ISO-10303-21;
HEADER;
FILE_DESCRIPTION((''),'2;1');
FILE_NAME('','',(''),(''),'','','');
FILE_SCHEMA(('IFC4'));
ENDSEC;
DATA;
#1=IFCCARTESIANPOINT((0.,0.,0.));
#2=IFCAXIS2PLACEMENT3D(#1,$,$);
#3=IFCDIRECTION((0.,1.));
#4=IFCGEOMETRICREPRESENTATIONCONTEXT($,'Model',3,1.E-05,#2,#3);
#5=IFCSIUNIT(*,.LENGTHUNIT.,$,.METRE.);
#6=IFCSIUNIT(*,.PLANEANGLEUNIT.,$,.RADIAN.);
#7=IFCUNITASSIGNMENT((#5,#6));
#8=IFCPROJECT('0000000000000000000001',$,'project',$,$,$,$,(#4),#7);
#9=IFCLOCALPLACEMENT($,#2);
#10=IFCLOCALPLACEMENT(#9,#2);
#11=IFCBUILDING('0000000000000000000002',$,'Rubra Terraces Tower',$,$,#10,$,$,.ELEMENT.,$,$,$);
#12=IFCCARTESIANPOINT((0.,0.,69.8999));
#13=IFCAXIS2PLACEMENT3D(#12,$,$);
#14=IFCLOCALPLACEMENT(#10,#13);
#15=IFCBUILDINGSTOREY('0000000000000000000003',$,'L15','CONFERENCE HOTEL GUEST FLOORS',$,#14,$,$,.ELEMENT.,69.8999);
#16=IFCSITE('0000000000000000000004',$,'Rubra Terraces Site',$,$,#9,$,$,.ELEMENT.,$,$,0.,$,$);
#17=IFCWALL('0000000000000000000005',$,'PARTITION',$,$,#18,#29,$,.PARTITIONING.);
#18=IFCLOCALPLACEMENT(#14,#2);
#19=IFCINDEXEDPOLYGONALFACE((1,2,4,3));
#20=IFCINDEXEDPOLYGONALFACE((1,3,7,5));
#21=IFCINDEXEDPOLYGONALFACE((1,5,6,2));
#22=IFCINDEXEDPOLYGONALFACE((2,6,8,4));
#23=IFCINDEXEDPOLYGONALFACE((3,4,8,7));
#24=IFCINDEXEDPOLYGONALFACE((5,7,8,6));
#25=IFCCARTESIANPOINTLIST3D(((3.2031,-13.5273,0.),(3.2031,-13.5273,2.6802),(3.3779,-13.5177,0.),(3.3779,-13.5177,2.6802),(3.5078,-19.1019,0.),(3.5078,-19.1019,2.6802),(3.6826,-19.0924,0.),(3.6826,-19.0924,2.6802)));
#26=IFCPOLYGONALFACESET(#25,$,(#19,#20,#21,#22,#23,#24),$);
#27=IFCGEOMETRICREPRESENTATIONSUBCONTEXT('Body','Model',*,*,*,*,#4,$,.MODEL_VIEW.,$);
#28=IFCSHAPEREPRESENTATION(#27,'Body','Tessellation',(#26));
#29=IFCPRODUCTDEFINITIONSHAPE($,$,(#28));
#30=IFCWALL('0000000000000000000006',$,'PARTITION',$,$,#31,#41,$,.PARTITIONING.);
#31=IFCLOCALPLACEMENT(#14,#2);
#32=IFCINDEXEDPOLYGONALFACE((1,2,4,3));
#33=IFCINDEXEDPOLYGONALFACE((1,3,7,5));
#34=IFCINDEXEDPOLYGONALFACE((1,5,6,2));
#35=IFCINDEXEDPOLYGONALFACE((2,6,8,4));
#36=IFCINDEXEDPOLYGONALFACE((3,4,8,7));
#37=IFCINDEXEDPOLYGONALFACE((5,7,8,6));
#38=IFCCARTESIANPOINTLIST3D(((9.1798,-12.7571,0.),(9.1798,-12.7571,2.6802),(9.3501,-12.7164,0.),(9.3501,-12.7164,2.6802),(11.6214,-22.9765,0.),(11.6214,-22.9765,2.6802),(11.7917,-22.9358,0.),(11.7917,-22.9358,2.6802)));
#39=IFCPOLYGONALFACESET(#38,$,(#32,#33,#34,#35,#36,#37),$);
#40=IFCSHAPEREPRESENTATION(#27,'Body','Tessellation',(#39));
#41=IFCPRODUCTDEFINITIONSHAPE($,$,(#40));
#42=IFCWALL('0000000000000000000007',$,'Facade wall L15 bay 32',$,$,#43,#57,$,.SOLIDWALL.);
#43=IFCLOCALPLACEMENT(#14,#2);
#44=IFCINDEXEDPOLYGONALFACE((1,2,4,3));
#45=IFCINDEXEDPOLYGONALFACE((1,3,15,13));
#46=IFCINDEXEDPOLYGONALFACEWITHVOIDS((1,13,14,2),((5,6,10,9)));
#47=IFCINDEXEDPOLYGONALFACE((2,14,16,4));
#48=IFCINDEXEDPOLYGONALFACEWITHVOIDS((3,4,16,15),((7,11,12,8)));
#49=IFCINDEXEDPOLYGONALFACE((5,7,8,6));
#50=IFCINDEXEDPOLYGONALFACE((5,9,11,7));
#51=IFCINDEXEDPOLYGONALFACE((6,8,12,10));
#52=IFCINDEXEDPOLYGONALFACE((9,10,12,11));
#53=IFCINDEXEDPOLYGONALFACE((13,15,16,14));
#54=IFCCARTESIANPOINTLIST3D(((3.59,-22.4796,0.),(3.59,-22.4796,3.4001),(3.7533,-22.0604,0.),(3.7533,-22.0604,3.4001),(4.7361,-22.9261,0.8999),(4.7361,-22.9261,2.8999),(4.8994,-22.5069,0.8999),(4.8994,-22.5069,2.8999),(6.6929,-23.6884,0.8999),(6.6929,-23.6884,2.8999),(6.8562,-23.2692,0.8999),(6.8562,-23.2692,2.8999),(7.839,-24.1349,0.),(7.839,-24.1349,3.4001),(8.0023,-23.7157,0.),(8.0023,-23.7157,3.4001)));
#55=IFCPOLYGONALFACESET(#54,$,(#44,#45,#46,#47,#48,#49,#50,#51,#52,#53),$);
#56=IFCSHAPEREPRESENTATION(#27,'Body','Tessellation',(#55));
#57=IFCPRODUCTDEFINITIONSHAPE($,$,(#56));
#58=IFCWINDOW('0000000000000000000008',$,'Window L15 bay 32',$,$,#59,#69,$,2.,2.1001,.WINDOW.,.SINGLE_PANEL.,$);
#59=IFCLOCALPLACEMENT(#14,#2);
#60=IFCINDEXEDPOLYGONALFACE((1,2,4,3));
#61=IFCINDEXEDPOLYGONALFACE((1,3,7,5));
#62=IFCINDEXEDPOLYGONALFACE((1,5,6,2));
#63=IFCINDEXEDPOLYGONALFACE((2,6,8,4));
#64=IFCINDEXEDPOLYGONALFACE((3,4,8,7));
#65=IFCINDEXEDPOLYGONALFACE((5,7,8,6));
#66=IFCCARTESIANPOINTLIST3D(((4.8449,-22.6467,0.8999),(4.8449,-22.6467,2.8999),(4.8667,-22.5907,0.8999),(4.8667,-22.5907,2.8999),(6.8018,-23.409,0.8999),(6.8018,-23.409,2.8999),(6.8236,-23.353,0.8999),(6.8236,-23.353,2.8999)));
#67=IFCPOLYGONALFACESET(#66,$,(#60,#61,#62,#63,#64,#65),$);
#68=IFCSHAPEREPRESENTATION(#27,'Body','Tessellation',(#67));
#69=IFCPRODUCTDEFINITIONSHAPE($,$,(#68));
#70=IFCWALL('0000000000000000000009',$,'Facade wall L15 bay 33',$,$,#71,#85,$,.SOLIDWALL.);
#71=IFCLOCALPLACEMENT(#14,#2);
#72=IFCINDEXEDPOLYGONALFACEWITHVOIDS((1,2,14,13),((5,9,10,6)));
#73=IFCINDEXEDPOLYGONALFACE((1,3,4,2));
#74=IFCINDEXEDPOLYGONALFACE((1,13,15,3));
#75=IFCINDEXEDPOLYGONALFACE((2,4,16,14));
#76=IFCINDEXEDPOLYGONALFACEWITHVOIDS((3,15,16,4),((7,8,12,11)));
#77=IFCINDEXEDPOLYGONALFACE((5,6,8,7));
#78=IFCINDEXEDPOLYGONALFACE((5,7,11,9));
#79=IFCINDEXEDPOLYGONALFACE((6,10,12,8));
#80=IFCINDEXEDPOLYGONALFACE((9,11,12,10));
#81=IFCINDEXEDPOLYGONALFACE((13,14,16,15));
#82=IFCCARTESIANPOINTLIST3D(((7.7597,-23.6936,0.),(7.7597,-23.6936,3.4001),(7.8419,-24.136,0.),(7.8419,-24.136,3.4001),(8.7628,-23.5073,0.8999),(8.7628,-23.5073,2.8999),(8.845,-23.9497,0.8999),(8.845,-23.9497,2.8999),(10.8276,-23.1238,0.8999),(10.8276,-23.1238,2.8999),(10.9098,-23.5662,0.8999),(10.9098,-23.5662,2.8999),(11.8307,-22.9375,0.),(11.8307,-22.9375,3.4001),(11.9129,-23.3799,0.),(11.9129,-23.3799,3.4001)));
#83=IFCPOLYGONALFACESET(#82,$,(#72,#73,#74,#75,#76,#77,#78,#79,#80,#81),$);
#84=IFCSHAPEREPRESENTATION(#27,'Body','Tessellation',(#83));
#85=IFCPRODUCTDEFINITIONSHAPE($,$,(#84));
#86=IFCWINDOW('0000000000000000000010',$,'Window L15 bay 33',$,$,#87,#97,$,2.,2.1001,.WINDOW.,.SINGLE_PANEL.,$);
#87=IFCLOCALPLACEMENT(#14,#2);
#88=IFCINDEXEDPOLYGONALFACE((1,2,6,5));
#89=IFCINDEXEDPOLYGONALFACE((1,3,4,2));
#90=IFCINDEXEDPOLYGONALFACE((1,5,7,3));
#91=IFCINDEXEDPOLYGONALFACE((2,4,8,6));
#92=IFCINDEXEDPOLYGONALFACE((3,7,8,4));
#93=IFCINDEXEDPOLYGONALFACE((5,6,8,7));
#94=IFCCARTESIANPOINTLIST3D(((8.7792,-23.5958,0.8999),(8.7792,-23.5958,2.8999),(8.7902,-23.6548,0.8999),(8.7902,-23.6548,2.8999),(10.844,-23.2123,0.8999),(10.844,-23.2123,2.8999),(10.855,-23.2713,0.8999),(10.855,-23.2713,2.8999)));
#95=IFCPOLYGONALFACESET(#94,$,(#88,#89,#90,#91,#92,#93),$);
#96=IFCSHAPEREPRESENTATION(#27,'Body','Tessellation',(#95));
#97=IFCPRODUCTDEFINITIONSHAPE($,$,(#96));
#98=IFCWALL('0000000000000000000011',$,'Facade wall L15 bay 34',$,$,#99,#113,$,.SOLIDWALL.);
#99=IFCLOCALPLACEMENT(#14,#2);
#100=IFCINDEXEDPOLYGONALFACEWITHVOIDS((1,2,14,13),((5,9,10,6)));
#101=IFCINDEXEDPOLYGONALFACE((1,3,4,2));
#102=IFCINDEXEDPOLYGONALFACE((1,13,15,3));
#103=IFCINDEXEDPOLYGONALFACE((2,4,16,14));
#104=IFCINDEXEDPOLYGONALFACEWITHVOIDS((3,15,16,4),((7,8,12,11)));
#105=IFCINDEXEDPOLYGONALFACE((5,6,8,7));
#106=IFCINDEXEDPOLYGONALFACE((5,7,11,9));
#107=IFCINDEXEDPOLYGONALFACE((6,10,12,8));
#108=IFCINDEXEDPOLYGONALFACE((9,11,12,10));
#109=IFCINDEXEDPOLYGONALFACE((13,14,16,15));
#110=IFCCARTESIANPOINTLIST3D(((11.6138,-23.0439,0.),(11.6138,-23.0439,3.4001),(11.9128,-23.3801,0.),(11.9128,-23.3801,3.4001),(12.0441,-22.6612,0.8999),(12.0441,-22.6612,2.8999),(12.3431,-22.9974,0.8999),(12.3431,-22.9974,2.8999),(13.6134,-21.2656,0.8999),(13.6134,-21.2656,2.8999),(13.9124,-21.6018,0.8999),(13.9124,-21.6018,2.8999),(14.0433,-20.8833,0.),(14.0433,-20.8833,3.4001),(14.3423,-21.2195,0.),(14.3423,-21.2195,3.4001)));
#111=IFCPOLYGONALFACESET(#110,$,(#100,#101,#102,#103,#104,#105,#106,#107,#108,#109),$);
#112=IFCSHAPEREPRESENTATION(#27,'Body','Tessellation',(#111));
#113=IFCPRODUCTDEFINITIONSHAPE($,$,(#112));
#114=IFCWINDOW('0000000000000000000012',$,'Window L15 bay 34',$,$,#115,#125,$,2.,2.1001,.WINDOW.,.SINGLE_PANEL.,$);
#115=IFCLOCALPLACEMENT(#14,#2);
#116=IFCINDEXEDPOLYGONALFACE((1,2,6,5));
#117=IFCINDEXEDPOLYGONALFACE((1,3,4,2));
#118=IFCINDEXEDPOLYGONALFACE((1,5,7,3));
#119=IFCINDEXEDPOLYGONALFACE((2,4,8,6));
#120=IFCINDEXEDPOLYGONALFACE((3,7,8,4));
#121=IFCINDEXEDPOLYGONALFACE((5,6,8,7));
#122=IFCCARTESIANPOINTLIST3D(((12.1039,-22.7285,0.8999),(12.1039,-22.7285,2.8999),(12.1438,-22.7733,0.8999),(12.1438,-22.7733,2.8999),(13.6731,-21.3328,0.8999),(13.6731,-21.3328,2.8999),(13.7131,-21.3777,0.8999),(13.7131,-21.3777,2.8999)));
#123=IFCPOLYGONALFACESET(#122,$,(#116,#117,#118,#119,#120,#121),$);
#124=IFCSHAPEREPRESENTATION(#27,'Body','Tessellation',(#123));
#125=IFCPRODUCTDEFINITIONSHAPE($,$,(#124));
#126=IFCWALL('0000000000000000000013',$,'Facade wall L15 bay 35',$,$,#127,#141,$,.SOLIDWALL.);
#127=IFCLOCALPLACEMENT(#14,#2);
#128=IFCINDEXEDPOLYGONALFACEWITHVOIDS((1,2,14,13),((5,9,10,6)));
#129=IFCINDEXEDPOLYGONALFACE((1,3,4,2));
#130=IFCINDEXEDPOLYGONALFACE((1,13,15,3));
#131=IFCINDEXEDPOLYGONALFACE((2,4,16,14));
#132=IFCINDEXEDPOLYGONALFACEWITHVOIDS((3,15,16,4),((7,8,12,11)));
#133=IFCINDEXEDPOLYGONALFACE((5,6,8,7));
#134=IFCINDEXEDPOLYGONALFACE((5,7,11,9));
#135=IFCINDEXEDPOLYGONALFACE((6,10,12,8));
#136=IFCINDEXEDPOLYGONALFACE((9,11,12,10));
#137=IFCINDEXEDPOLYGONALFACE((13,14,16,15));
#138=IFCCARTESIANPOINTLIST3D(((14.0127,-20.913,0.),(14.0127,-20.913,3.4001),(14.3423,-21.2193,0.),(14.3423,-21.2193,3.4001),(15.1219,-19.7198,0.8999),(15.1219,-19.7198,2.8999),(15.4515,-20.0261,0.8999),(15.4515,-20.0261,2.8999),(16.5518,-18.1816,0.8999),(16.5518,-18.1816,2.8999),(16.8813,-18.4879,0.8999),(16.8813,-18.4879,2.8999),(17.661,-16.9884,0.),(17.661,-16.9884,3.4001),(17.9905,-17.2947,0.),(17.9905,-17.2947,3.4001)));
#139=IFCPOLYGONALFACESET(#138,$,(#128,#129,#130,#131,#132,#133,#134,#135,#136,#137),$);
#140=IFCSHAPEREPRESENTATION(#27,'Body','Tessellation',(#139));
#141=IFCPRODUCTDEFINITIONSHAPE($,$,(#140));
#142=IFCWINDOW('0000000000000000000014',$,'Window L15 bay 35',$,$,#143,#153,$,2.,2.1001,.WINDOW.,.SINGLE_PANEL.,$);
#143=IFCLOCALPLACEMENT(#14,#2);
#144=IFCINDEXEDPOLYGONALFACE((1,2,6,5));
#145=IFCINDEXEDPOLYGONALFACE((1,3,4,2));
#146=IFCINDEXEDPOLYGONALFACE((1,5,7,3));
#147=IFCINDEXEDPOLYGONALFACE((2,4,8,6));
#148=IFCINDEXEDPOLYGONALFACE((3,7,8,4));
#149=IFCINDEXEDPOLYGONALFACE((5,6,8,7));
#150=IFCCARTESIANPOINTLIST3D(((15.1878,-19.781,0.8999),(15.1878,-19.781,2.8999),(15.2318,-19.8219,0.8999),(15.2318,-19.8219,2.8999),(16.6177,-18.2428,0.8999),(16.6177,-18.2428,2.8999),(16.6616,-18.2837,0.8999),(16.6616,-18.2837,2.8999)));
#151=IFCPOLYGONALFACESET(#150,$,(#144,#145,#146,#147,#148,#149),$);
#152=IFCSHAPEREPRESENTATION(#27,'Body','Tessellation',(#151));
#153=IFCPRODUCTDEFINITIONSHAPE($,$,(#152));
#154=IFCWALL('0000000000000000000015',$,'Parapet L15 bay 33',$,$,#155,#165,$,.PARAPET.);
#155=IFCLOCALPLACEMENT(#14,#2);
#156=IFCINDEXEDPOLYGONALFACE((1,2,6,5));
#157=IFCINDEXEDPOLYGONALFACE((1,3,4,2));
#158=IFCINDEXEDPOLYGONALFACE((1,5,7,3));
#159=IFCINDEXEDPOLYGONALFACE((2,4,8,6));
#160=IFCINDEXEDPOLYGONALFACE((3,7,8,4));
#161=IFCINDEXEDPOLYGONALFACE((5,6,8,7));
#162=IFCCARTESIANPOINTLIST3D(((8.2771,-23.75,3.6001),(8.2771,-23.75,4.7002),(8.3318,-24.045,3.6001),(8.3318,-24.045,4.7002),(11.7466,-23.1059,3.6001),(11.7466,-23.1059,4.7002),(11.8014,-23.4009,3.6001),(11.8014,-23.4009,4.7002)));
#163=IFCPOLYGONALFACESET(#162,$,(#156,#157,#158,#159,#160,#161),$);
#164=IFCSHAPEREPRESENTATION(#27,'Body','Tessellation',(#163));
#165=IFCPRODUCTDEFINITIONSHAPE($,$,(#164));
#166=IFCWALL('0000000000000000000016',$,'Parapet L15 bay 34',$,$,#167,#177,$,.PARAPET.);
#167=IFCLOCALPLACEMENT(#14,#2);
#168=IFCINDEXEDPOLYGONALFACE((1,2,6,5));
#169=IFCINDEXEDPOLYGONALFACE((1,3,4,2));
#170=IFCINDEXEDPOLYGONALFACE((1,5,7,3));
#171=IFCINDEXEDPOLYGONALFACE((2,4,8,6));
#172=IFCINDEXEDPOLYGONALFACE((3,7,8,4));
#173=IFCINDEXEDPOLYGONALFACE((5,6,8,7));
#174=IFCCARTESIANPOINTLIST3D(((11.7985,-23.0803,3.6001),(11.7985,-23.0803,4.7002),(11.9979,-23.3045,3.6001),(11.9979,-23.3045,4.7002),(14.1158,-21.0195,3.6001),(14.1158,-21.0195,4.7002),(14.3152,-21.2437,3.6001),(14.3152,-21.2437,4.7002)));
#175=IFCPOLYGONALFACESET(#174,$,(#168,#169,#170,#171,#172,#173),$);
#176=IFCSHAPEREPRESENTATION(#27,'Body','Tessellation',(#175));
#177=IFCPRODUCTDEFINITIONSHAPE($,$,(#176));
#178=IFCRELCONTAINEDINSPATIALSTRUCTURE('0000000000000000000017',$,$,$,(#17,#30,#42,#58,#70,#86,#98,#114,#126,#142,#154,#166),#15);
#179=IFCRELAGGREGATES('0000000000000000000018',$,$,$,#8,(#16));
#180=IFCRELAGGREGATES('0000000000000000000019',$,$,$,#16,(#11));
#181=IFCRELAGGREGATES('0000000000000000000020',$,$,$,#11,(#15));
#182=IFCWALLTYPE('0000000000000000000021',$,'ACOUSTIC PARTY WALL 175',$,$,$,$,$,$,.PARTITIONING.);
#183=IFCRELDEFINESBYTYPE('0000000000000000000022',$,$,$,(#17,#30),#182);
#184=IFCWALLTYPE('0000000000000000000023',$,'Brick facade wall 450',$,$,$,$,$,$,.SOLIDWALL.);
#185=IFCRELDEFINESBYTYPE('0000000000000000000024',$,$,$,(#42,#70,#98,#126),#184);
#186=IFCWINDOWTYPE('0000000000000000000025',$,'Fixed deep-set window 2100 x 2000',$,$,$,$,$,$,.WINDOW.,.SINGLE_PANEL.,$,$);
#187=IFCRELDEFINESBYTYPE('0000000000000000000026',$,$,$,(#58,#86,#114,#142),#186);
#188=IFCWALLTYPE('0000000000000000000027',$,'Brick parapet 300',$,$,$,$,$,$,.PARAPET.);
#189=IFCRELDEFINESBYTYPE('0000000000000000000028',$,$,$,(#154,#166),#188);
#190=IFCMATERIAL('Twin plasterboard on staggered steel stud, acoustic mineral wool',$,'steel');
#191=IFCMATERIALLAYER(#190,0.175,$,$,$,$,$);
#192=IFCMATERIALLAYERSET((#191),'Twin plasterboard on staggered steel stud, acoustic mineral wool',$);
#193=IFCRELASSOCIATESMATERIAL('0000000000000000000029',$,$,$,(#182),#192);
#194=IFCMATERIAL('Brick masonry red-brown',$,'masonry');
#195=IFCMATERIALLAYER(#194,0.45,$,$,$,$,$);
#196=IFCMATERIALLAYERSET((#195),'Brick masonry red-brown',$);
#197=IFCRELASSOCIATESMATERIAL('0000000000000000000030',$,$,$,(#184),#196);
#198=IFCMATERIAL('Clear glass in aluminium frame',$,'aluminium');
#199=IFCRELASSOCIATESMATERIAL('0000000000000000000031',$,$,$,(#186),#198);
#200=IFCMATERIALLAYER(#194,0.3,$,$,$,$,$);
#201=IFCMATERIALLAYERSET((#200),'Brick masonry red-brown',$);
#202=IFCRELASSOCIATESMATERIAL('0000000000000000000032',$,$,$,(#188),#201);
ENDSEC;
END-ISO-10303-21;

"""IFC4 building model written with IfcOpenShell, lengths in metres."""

from ifc_helpers import new_model, si_unit, direction, frame, frame_2d, origin, place, context, subcontext, project, spatial, rectangle, extrude, material, layer, layer_set, type_object, element, fill, save


model = new_model("IFC4")

# Units and contexts
model_context = context("Model", 3, precision=1e-05, world=origin(), true_north=direction((0.0, 1.0)))
body_context = subcontext(model_context, "Body", "Model", "MODEL_VIEW")
ifc_project = project(units=[si_unit("LENGTHUNIT", "METRE"), si_unit("PLANEANGLEUNIT", "RADIAN")], contexts=[model_context])

# Site, building, storey
site_placement = place(None, origin())
site = spatial("IfcSite", under=ifc_project, at=site_placement, Name="Rubra Terraces Site", CompositionType="ELEMENT", RefElevation=0.0)
building_placement = place(site_placement, origin())
building = spatial("IfcBuilding", under=site, at=building_placement, Name="Rubra Terraces Tower", CompositionType="ELEMENT")
storey_placement = place(building_placement, frame((0.0, 0.0, 69.8999)))
storey = spatial("IfcBuildingStorey", under=building, at=storey_placement, Name="L15", Description="CONFERENCE HOTEL GUEST FLOORS", CompositionType="ELEMENT", Elevation=69.8999)

# Walls
ifc_material_1 = material(Name="Twin plasterboard on staggered steel stud, acoustic mineral wool", Category="steel")
ifc_layer_1 = layer(ifc_material_1, 0.175)
ifc_layer_set_1 = layer_set([ifc_layer_1], Name="Twin plasterboard on staggered steel stud, acoustic mineral wool")
wall_type_1 = type_object("IfcWallType", Name="ACOUSTIC PARTY WALL 175", PredefinedType="PARTITIONING", material=ifc_layer_set_1)
wall_1_placement = place(storey_placement, frame((3.5952, -19.0972, 0.0), z_axis=(0.0, 0.0, 1.0), x_axis=(-0.054574, 0.99851, 0.0)))
element("IfcWall", 1, at=wall_1_placement, inside=storey, type_object=wall_type_1, Name="PARTITION", PredefinedType="PARTITIONING", context=body_context, shape_type="SweptSolid", body=[
    extrude(rectangle(XDim=5.583, YDim=0.175, at=frame_2d((2.7915, 0.0))), origin(), (0.0, 0.0, 1.0), 2.6802),
])
wall_2_placement = place(storey_placement, frame((11.7065, -22.9561, 0.0), z_axis=(0.0, 0.0, 1.0), x_axis=(-0.232381, 0.972625, 0.0)))
element("IfcWall", 2, at=wall_2_placement, inside=storey, type_object=wall_type_1, Name="PARTITION", PredefinedType="PARTITIONING", context=body_context, shape_type="SweptSolid", body=[
    extrude(rectangle(XDim=10.5071, YDim=0.175, at=frame_2d((5.2534, 0.0))), origin(), (0.0, 0.0, 1.0), 2.6802),
])

# Walls, openings, windows
ifc_material_2 = material(Name="Brick masonry red-brown", Category="masonry")
ifc_layer_2 = layer(ifc_material_2, 0.45)
ifc_layer_set_2 = layer_set([ifc_layer_2], Name="Brick masonry red-brown")
wall_type_2 = type_object("IfcWallType", Name="Brick facade wall 450", PredefinedType="SOLIDWALL", material=ifc_layer_set_2)
wall_3_placement = place(storey_placement, frame((3.6716, -22.27, 0.0), z_axis=(0.0, 0.0, 1.0), x_axis=(0.931792, -0.362994, 0.0)))
wall_3 = element("IfcWall", 3, at=wall_3_placement, inside=storey, type_object=wall_type_2, Name="Facade wall L15 bay 32", PredefinedType="SOLIDWALL", context=body_context, shape_type="SweptSolid", body=[
    extrude(rectangle(XDim=4.5601, YDim=0.45, at=frame_2d((2.28, 0.0))), origin(), (0.0, 0.0, 1.0), 3.4001),
])
opening_1_placement = place(wall_3_placement, frame((1.23, 0.0, 0.8999)))
opening_1 = element("IfcOpeningElement", 4, at=opening_1_placement, cuts=wall_3, PredefinedType="OPENING", context=body_context, shape_type="SweptSolid", body=[
    extrude(rectangle(XDim=2.1001, YDim=2.0, at=frame_2d((1.05, 1.0))), frame((0.0, 0.2349, 0.0), z_axis=(0.0, -1.0, 0.0), x_axis=(1.0, 0.0, 0.0)), (0.0, 0.0, 1.0), 0.47),
])
ifc_material_3 = material(Name="Clear glass in aluminium frame", Category="aluminium")
window_type = type_object("IfcWindowType", Name="Fixed deep-set window 2100 x 2000", PartitioningType="SINGLE_PANEL", PredefinedType="WINDOW", material=ifc_material_3)
window_1_placement = place(opening_1_placement, origin())
window_1 = element("IfcWindow", 5, at=window_1_placement, inside=storey, type_object=window_type, Name="Window L15 bay 32", OverallHeight=2.0, OverallWidth=2.1001, PartitioningType="SINGLE_PANEL", PredefinedType="WINDOW", context=body_context, shape_type="SweptSolid", body=[
    extrude(rectangle(XDim=2.1001, YDim=2.0, at=frame_2d((1.05, 1.0))), frame((0.0, 0.135, 0.0), z_axis=(0.0, -1.0, 0.0), x_axis=(1.0, 0.0, 0.0)), (0.0, 0.0, 1.0), 0.0601),
])
fill(opening_1, window_1)
wall_4_placement = place(storey_placement, frame((7.8008, -23.9148, 0.0), z_axis=(0.0, 0.0, 1.0), x_axis=(0.983186, 0.182604, 0.0)))
wall_4 = element("IfcWall", 6, at=wall_4_placement, inside=storey, type_object=wall_type_2, Name="Facade wall L15 bay 33", PredefinedType="SOLIDWALL", context=body_context, shape_type="SweptSolid", body=[
    extrude(rectangle(XDim=4.1406, YDim=0.45, at=frame_2d((2.0703, 0.0))), origin(), (0.0, 0.0, 1.0), 3.4001),
])
opening_2_placement = place(wall_4_placement, frame((1.0203, 0.0, 0.8999)))
opening_2 = element("IfcOpeningElement", 7, at=opening_2_placement, cuts=wall_4, PredefinedType="OPENING", context=body_context, shape_type="SweptSolid", body=[
    extrude(rectangle(XDim=2.1001, YDim=2.0, at=frame_2d((1.05, 1.0))), frame((0.0, 0.2349, 0.0), z_axis=(0.0, -1.0, 0.0), x_axis=(1.0, 0.0, 0.0)), (0.0, 0.0, 1.0), 0.47),
])
window_2_placement = place(opening_2_placement, origin())
window_2 = element("IfcWindow", 8, at=window_2_placement, inside=storey, type_object=window_type, Name="Window L15 bay 33", OverallHeight=2.0, OverallWidth=2.1001, PartitioningType="SINGLE_PANEL", PredefinedType="WINDOW", context=body_context, shape_type="SweptSolid", body=[
    extrude(rectangle(XDim=2.1001, YDim=2.0, at=frame_2d((1.05, 1.0))), frame((0.0, 0.135, 0.0), z_axis=(0.0, -1.0, 0.0), x_axis=(1.0, 0.0, 0.0)), (0.0, 0.0, 1.0), 0.0601),
])
fill(opening_2, window_2)
wall_5_placement = place(storey_placement, frame((11.7634, -23.2119, 0.0), z_axis=(0.0, 0.0, 1.0), x_axis=(0.747235, 0.66456, 0.0)))
wall_5 = element("IfcWall", 9, at=wall_5_placement, inside=storey, type_object=wall_type_2, Name="Facade wall L15 bay 34", PredefinedType="SOLIDWALL", context=body_context, shape_type="SweptSolid", body=[
    extrude(rectangle(XDim=3.2512, YDim=0.45, at=frame_2d((1.6255, 0.0))), origin(), (0.0, 0.0, 1.0), 3.4001),
])
opening_3_placement = place(wall_5_placement, frame((0.5757, 0.0, 0.8999)))
opening_3 = element("IfcOpeningElement", 10, at=opening_3_placement, cuts=wall_5, PredefinedType="OPENING", context=body_context, shape_type="SweptSolid", body=[
    extrude(rectangle(XDim=2.1001, YDim=2.0, at=frame_2d((1.05, 1.0))), frame((0.0, 0.2349, 0.0), z_axis=(0.0, -1.0, 0.0), x_axis=(1.0, 0.0, 0.0)), (0.0, 0.0, 1.0), 0.47),
])
window_3_placement = place(opening_3_placement, origin())
window_3 = element("IfcWindow", 11, at=window_3_placement, inside=storey, type_object=window_type, Name="Window L15 bay 34", OverallHeight=2.0, OverallWidth=2.1001, PartitioningType="SINGLE_PANEL", PredefinedType="WINDOW", context=body_context, shape_type="SweptSolid", body=[
    extrude(rectangle(XDim=2.1001, YDim=2.0, at=frame_2d((1.05, 1.0))), frame((0.0, 0.135, 0.0), z_axis=(0.0, -1.0, 0.0), x_axis=(1.0, 0.0, 0.0)), (0.0, 0.0, 1.0), 0.0601),
])
fill(opening_3, window_3)
wall_6_placement = place(storey_placement, frame((14.1775, -21.0662, 0.0), z_axis=(0.0, 0.0, 1.0), x_axis=(0.680848, 0.732425, 0.0)))
wall_6 = element("IfcWall", 12, at=wall_6_placement, inside=storey, type_object=wall_type_2, Name="Facade wall L15 bay 35", PredefinedType="SOLIDWALL", context=body_context, shape_type="SweptSolid", body=[
    extrude(rectangle(XDim=5.3584, YDim=0.45, at=frame_2d((2.6792, 0.0))), origin(), (0.0, 0.0, 1.0), 3.4001),
])
opening_4_placement = place(wall_6_placement, frame((1.6292, 0.0, 0.8999)))
opening_4 = element("IfcOpeningElement", 13, at=opening_4_placement, cuts=wall_6, PredefinedType="OPENING", context=body_context, shape_type="SweptSolid", body=[
    extrude(rectangle(XDim=2.1001, YDim=2.0, at=frame_2d((1.05, 1.0))), frame((0.0, 0.2349, 0.0), z_axis=(0.0, -1.0, 0.0), x_axis=(1.0, 0.0, 0.0)), (0.0, 0.0, 1.0), 0.47),
])
window_4_placement = place(opening_4_placement, origin())
window_4 = element("IfcWindow", 14, at=window_4_placement, inside=storey, type_object=window_type, Name="Window L15 bay 35", OverallHeight=2.0, OverallWidth=2.1001, PartitioningType="SINGLE_PANEL", PredefinedType="WINDOW", context=body_context, shape_type="SweptSolid", body=[
    extrude(rectangle(XDim=2.1001, YDim=2.0, at=frame_2d((1.05, 1.0))), frame((0.0, 0.135, 0.0), z_axis=(0.0, -1.0, 0.0), x_axis=(1.0, 0.0, 0.0)), (0.0, 0.0, 1.0), 0.0601),
])
fill(opening_4, window_4)

# Walls
ifc_layer_3 = layer(ifc_material_2, 0.3)
ifc_layer_set_3 = layer_set([ifc_layer_3], Name="Brick masonry red-brown")
wall_type_3 = type_object("IfcWallType", Name="Brick parapet 300", PredefinedType="PARAPET", material=ifc_layer_set_3)
wall_7_placement = place(storey_placement, frame((8.3044, -23.8975, 3.6001), z_axis=(0.0, 0.0, 1.0), x_axis=(0.983203, 0.182513, 0.0)))
element("IfcWall", 15, at=wall_7_placement, inside=storey, type_object=wall_type_3, Name="Parapet L15 bay 33", PredefinedType="PARAPET", context=body_context, shape_type="SweptSolid", body=[
    extrude(rectangle(XDim=3.5288, YDim=0.3, at=frame_2d((1.7644, 0.0))), origin(), (0.0, 0.0, 1.0), 1.1001),
])
wall_8_placement = place(storey_placement, frame((11.8982, -23.1924, 3.6001), z_axis=(0.0, 0.0, 1.0), x_axis=(0.747266, 0.664525, 0.0)))
element("IfcWall", 16, at=wall_8_placement, inside=storey, type_object=wall_type_3, Name="Parapet L15 bay 34", PredefinedType="PARAPET", context=body_context, shape_type="SweptSolid", body=[
    extrude(rectangle(XDim=3.1011, YDim=0.3, at=frame_2d((1.5505, 0.0))), origin(), (0.0, 0.0, 1.0), 1.1001),
])

save(model, "model.ifc")
